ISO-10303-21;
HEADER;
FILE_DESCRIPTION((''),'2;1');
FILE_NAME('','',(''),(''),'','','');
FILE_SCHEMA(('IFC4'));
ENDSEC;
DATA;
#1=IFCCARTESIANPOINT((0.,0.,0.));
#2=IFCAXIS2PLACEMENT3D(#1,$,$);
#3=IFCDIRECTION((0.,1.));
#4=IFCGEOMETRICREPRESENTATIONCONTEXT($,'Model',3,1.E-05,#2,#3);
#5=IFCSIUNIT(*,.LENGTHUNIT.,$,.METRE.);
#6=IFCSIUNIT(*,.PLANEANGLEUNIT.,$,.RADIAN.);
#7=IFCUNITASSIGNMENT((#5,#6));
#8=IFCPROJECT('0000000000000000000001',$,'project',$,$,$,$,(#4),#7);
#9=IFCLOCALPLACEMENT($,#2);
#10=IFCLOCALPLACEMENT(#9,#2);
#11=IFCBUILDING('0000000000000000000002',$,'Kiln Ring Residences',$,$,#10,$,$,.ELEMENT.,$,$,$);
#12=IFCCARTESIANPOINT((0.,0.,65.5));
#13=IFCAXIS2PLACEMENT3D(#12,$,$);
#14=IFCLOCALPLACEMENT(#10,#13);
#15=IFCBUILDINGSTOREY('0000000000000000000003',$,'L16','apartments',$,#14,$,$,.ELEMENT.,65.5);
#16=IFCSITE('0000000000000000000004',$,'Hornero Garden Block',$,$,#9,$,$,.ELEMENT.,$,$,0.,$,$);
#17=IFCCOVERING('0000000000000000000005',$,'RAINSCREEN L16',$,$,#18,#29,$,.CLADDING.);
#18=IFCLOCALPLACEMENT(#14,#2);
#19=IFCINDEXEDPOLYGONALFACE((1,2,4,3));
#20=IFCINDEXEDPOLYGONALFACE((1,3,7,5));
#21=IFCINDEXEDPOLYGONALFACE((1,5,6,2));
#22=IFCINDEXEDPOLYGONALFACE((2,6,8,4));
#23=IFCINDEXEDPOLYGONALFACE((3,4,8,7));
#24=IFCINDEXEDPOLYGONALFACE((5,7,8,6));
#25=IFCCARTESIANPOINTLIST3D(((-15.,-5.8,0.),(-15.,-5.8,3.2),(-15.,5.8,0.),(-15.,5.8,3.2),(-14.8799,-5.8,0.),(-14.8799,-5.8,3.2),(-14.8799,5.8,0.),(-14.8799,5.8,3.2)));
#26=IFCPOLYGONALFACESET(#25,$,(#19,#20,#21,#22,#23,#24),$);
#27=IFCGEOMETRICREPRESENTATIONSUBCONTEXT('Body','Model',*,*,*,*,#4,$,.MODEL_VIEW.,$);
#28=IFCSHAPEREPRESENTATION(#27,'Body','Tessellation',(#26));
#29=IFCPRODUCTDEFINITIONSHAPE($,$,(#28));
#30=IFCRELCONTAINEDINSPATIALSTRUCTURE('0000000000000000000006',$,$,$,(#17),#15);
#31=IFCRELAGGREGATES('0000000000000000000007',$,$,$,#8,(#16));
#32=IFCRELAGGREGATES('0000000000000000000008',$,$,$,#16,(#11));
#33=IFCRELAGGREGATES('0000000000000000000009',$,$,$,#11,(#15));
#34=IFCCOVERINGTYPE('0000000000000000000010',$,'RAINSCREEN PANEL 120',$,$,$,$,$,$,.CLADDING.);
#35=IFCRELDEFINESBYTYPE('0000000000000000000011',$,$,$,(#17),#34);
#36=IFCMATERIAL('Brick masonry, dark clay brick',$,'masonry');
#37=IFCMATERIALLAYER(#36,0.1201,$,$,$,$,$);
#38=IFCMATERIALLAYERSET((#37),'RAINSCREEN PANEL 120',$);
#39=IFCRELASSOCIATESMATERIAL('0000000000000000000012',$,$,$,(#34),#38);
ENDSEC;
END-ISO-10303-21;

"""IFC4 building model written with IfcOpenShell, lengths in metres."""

from ifc_helpers import new_model, si_unit, direction, frame, origin, place, context, subcontext, project, spatial, polyline, outline, extrude, material, layer, layer_set, type_object, element, save


model = new_model("IFC4")

# Units and contexts
model_context = context("Model", 3, precision=1e-05, world=origin(), true_north=direction((0.0, 1.0)))
body_context = subcontext(model_context, "Body", "Model", "MODEL_VIEW")
ifc_project = project(units=[si_unit("LENGTHUNIT", "METRE"), si_unit("PLANEANGLEUNIT", "RADIAN")], contexts=[model_context])

# Site, building, storey
site_placement = place(None, origin())
site = spatial("IfcSite", under=ifc_project, at=site_placement, Name="Hornero Garden Block", CompositionType="ELEMENT", RefElevation=0.0)
building_placement = place(site_placement, origin())
building = spatial("IfcBuilding", under=site, at=building_placement, Name="Kiln Ring Residences", CompositionType="ELEMENT")
storey_placement = place(building_placement, frame((0.0, 0.0, 65.5)))
storey = spatial("IfcBuildingStorey", under=building, at=storey_placement, Name="L16", Description="apartments", CompositionType="ELEMENT", Elevation=65.5)

# Covering
ifc_material_1 = material(Name="Brick masonry, dark clay brick", Category="masonry")
ifc_layer_1 = layer(ifc_material_1, 0.1201)
ifc_layer_set_1 = layer_set([ifc_layer_1], Name="RAINSCREEN PANEL 120")
covering_type = type_object("IfcCoveringType", Name="RAINSCREEN PANEL 120", PredefinedType="CLADDING", material=ifc_layer_set_1)
covering_placement = place(storey_placement, frame((-14.9399, -5.8, 0.0), z_axis=(0.0, 0.0, 1.0), x_axis=(0.0, 1.0, 0.0)))
element("IfcCovering", 1, at=covering_placement, inside=storey, type_object=covering_type, Name="RAINSCREEN L16", PredefinedType="CLADDING", context=body_context, shape_type="SweptSolid", body=[
    extrude(outline(polyline([(0.0, 0.0), (11.6001, 0.0), (11.6001, 3.2), (0.0, 3.2), (0.0, 0.0)])), frame((0.0, 0.0601, 0.0), z_axis=(0.0, -1.0, 0.0), x_axis=(1.0, 0.0, 0.0)), (0.0, 0.0, 1.0), 0.1201),
])

save(model, "model.ifc")
